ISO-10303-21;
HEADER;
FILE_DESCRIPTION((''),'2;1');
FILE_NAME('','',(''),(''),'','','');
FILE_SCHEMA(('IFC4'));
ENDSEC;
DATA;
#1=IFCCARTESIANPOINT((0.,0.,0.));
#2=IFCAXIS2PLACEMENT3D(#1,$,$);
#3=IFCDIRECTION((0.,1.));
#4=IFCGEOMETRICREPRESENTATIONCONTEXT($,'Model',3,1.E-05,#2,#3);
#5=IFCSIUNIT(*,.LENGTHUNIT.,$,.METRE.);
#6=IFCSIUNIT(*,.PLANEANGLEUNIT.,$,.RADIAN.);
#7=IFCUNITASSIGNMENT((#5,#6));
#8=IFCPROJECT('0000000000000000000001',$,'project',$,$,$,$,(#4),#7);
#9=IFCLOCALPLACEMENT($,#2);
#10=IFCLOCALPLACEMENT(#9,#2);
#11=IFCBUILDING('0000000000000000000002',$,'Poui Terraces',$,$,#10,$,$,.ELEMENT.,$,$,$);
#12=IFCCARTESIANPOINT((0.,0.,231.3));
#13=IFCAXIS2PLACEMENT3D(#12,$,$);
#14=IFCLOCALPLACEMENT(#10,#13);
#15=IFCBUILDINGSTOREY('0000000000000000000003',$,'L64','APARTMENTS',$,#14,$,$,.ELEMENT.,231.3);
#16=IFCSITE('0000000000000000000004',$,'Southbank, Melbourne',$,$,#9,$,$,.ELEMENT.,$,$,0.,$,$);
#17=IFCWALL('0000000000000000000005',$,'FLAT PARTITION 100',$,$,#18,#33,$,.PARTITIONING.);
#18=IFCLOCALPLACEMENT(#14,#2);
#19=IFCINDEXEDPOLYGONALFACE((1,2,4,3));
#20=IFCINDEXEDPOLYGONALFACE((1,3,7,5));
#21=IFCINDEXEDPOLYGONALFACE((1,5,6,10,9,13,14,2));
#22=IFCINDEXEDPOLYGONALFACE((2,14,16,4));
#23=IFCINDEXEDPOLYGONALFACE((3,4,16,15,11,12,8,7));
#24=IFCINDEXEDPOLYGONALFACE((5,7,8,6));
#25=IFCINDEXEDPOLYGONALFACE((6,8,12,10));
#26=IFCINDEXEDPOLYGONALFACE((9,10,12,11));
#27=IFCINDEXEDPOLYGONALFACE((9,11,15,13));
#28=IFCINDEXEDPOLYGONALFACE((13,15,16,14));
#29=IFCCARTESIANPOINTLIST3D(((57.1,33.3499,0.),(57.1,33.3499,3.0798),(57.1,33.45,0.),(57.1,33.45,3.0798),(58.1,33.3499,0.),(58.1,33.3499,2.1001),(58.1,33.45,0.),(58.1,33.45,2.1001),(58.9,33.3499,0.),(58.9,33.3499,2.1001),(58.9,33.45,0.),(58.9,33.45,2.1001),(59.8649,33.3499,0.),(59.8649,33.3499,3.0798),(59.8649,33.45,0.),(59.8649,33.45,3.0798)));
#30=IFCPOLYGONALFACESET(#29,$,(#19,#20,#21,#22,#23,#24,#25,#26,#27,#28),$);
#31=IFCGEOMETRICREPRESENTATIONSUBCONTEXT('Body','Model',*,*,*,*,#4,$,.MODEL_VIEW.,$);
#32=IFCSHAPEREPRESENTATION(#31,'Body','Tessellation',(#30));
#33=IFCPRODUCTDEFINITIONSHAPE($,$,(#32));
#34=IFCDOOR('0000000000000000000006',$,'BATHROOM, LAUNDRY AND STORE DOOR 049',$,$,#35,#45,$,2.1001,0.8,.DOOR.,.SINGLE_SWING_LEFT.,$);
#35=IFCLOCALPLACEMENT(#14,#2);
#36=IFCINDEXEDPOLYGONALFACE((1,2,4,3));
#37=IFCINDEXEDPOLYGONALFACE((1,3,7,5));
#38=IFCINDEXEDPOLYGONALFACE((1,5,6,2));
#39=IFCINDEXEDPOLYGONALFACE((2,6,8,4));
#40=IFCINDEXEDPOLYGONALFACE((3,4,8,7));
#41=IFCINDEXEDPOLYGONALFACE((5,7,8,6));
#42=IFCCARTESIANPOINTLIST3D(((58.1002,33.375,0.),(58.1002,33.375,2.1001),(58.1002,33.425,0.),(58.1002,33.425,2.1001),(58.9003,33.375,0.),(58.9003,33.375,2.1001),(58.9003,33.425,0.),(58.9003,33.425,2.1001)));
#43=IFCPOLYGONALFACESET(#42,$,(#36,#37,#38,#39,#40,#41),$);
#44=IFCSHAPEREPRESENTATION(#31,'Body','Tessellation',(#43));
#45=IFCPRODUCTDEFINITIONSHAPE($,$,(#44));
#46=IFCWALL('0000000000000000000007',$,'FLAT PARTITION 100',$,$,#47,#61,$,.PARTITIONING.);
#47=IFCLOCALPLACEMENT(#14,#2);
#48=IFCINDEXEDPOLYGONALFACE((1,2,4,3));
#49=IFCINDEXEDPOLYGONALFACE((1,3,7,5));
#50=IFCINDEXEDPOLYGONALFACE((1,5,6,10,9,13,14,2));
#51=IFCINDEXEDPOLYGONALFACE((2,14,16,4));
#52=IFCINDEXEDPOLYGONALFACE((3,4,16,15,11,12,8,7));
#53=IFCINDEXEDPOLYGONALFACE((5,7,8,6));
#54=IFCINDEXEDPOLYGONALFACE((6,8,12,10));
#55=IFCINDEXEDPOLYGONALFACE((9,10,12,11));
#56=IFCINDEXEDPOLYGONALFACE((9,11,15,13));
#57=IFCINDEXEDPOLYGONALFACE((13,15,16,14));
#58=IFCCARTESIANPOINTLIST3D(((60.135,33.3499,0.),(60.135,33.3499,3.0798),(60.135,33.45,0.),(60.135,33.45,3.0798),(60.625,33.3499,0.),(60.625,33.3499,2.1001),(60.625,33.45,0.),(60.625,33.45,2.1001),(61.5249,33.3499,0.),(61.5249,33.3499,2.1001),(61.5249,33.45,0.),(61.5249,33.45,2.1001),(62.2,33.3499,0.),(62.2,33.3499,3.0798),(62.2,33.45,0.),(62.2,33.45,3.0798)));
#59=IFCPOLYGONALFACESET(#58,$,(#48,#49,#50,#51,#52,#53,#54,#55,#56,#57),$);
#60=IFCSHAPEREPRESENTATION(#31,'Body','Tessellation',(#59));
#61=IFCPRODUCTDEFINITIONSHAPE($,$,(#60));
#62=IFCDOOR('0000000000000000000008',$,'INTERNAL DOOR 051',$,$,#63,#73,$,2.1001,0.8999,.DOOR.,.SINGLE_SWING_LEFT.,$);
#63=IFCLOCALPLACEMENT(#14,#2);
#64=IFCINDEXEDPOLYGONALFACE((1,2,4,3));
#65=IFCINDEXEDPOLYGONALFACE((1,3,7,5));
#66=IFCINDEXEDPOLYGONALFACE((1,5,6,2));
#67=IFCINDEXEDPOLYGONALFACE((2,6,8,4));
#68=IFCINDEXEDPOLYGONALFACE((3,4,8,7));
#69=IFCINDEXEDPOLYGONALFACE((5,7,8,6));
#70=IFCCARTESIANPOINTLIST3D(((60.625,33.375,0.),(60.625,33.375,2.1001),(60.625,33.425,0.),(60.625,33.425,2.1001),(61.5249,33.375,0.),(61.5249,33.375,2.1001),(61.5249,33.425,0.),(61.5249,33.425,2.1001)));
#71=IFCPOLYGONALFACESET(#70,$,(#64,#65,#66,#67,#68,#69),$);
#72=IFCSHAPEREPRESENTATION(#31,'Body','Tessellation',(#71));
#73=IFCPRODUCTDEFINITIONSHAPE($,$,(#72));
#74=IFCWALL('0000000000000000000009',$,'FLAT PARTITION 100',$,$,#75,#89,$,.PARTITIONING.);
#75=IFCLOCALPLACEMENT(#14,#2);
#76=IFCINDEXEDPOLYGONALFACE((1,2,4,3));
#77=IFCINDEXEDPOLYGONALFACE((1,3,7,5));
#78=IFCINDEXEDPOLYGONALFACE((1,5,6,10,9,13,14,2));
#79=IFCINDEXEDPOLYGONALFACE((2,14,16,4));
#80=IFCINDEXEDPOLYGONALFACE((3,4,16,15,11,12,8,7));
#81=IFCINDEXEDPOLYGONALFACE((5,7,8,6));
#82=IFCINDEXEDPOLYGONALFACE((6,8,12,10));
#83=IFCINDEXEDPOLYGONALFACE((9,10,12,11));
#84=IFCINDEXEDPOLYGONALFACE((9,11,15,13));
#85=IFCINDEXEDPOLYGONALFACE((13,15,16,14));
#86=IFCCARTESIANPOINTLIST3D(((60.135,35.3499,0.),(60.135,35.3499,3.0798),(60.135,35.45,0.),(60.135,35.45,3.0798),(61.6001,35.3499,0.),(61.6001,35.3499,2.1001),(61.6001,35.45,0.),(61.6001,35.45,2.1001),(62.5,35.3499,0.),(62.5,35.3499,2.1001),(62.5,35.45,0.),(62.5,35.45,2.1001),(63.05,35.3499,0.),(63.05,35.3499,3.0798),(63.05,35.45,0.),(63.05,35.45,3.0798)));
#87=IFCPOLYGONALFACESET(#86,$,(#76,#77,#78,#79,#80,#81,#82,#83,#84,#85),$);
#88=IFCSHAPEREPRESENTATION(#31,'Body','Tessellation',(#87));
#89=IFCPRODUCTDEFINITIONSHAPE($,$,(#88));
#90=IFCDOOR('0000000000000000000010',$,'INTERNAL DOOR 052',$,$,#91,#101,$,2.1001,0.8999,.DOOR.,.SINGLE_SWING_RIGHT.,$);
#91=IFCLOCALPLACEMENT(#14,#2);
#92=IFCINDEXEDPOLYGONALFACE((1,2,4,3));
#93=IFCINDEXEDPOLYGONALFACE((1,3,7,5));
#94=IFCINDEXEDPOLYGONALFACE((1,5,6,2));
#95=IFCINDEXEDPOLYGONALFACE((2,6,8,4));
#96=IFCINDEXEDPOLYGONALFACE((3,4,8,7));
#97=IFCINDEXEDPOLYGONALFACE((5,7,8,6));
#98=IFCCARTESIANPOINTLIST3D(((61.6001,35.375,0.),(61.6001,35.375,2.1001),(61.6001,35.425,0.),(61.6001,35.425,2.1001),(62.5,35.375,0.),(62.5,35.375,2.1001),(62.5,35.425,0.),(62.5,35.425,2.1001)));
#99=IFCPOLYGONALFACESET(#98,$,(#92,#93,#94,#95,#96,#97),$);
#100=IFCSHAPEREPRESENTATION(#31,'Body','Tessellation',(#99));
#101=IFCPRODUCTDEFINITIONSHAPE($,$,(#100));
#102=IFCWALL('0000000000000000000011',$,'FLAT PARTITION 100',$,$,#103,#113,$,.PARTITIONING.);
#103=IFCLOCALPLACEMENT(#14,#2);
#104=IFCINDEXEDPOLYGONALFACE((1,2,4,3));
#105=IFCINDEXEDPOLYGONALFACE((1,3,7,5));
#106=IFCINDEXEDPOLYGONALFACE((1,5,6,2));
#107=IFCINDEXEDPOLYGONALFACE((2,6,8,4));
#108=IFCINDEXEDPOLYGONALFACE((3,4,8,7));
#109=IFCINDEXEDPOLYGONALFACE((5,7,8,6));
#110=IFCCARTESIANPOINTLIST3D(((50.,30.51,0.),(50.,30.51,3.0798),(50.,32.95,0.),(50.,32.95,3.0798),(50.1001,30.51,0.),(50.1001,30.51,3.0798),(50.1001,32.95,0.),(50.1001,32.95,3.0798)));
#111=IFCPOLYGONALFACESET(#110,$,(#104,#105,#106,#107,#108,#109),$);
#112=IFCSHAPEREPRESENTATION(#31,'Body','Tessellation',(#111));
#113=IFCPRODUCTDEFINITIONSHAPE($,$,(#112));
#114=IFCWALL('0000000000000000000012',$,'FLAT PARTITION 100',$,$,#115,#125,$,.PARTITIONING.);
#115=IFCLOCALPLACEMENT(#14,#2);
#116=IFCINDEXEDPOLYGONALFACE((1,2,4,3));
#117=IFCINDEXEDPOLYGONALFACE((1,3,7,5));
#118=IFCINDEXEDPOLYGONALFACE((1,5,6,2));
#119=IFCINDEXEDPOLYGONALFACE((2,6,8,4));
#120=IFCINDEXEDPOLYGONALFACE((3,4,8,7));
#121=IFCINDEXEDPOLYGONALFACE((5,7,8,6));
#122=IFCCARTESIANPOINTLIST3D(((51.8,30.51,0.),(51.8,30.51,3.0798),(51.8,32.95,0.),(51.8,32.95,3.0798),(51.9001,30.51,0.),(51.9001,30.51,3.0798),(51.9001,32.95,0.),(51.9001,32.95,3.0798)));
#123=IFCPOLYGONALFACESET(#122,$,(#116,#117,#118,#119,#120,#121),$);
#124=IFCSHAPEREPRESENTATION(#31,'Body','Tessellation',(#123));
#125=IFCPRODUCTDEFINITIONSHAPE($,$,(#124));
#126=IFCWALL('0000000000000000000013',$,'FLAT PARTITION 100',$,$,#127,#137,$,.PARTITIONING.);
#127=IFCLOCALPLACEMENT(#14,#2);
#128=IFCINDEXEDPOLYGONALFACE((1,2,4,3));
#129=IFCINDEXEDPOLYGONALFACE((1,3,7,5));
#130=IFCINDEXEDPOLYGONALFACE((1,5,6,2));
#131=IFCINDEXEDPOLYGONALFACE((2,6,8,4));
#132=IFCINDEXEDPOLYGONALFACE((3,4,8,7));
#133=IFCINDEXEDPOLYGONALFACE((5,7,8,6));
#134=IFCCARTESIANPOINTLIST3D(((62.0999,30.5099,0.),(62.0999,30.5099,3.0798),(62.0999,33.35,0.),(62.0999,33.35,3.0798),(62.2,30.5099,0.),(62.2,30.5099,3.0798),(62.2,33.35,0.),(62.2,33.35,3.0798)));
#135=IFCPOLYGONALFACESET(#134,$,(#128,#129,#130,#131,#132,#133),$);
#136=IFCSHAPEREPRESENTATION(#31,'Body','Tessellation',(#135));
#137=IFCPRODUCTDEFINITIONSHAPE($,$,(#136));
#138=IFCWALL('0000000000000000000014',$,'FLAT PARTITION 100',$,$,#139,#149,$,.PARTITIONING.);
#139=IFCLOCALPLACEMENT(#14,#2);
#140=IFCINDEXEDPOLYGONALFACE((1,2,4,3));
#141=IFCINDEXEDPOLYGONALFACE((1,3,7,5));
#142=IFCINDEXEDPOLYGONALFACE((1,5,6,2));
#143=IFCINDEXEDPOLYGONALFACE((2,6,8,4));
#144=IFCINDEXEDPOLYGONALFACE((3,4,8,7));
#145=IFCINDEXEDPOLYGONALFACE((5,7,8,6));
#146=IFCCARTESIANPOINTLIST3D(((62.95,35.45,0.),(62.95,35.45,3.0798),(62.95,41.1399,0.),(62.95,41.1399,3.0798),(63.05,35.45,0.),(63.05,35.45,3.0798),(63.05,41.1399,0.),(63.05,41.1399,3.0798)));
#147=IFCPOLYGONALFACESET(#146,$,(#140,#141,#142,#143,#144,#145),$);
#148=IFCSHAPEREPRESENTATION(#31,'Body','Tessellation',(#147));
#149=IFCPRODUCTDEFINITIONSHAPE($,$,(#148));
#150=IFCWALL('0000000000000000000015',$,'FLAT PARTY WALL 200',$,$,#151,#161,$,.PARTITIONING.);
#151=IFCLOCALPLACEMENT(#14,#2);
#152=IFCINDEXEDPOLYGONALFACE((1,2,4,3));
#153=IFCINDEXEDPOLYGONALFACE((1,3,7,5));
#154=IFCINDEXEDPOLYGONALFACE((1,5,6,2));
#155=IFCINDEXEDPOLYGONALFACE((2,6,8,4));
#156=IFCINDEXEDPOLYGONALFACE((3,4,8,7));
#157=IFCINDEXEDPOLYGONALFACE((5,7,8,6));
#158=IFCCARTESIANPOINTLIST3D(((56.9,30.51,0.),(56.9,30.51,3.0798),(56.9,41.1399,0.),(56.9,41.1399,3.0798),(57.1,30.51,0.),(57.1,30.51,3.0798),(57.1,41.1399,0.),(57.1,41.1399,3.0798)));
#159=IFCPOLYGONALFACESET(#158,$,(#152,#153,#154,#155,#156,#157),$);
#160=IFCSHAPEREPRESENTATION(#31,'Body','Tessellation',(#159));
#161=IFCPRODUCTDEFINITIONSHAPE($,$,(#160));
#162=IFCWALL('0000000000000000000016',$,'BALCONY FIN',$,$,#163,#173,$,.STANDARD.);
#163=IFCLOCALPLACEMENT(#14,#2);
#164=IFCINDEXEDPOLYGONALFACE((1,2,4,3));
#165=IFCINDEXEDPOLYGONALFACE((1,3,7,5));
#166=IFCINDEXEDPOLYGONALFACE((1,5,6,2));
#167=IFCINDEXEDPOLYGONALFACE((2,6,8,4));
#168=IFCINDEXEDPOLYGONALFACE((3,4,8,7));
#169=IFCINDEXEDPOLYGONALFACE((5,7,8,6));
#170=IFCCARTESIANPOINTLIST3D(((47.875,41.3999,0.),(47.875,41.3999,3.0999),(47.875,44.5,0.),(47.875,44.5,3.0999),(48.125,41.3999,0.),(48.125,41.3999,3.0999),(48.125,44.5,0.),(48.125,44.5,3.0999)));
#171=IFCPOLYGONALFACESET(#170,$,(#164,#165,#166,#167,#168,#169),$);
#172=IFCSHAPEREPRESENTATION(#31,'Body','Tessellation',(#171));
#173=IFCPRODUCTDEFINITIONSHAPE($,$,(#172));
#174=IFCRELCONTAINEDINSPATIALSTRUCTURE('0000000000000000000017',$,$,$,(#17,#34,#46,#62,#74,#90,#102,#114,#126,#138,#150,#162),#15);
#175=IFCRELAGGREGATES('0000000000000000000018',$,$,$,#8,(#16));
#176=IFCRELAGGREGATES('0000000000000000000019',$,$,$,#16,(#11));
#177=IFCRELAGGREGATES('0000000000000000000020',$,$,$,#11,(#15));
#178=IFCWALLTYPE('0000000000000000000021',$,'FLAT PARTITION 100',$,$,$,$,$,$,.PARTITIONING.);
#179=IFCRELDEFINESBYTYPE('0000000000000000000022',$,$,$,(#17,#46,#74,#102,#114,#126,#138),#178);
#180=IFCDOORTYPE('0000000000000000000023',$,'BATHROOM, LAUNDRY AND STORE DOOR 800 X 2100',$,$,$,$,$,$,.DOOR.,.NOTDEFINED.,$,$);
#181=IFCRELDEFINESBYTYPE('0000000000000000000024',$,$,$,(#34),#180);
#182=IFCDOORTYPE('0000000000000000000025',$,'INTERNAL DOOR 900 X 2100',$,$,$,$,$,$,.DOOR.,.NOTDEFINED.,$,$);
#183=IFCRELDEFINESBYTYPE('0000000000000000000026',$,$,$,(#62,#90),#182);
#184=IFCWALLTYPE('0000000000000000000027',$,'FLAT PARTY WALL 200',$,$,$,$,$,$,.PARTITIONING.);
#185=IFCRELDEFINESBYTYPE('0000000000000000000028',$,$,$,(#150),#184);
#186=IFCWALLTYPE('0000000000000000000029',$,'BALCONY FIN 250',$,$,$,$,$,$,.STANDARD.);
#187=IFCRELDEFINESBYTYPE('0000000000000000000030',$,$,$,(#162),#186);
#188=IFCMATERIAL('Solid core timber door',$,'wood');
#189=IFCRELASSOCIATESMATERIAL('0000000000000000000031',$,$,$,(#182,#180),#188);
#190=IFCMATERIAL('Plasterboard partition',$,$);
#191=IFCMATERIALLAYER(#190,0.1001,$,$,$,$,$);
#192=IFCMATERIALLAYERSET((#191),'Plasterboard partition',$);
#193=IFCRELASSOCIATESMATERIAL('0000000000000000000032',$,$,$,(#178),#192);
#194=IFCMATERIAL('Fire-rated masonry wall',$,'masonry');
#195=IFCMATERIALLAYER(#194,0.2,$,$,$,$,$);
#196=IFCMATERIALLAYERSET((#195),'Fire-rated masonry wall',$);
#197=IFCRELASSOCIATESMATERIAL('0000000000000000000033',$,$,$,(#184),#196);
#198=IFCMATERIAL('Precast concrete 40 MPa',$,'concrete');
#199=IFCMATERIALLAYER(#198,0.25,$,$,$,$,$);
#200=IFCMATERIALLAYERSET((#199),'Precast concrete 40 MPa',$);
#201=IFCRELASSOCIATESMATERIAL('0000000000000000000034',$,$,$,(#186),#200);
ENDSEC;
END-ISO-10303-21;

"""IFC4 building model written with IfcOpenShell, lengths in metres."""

from ifc_helpers import new_model, si_unit, direction, frame, frame_2d, origin, place, context, subcontext, project, spatial, polyline, rectangle, outline, extrude, source, transform, mapped, material, layer, layer_set, type_object, element, fill, save


model = new_model("IFC4")

# Units and contexts
model_context = context("Model", 3, precision=1e-05, world=origin(), true_north=direction((0.0, 1.0)))
body_context = subcontext(model_context, "Body", "Model", "MODEL_VIEW")
ifc_project = project(units=[si_unit("LENGTHUNIT", "METRE"), si_unit("PLANEANGLEUNIT", "RADIAN")], contexts=[model_context])

# Site, building, storey
site_placement = place(None, origin())
site = spatial("IfcSite", under=ifc_project, at=site_placement, Name="Southbank, Melbourne", CompositionType="ELEMENT", RefElevation=0.0)
building_placement = place(site_placement, origin())
building = spatial("IfcBuilding", under=site, at=building_placement, Name="Poui Terraces", CompositionType="ELEMENT")
storey_placement = place(building_placement, frame((0.0, 0.0, 231.3)))
storey = spatial("IfcBuildingStorey", under=building, at=storey_placement, Name="L64", Description="APARTMENTS", CompositionType="ELEMENT", Elevation=231.3)

# Walls, openings, doors
ifc_material_1 = material(Name="Solid core timber door", Category="wood")
door_type_1 = type_object("IfcDoorType", Name="INTERNAL DOOR 900 X 2100", OperationType="NOTDEFINED", PredefinedType="DOOR", material=ifc_material_1)
ifc_material_2 = material(Name="Plasterboard partition")
ifc_layer_1 = layer(ifc_material_2, 0.1001)
ifc_layer_set_1 = layer_set([ifc_layer_1], Name="Plasterboard partition")
wall_type_1 = type_object("IfcWallType", Name="FLAT PARTITION 100", PredefinedType="PARTITIONING", material=ifc_layer_set_1)
door_type_2 = type_object("IfcDoorType", Name="BATHROOM, LAUNDRY AND STORE DOOR 800 X 2100", OperationType="NOTDEFINED", PredefinedType="DOOR", material=ifc_material_1)
wall_1_placement = place(storey_placement, frame((57.1001, 33.3999, 0.0), z_axis=(0.0, 0.0, 1.0), x_axis=(1.0, 0.0, 0.0)))
wall_1 = element("IfcWall", 1, at=wall_1_placement, inside=storey, type_object=wall_type_1, Name="FLAT PARTITION 100", PredefinedType="PARTITIONING", context=body_context, shape_type="SweptSolid", body=[
    extrude(rectangle(XDim=2.7649, YDim=0.1001, at=frame_2d((1.3823, 0.0))), origin(), (0.0, 0.0, 1.0), 3.0798),
])
opening_1_placement = place(wall_1_placement, frame((1.0, 0.0, 0.0)))
opening_1 = element("IfcOpeningElement", 2, at=opening_1_placement, cuts=wall_1, PredefinedType="OPENING", context=body_context, shape_type="SweptSolid", body=[
    extrude(rectangle(XDim=0.8, YDim=2.1001, at=frame_2d((0.3999, 1.05))), frame((0.0, 0.0601, 0.0), z_axis=(0.0, -1.0, 0.0), x_axis=(1.0, 0.0, 0.0)), (0.0, 0.0, 1.0), 0.1201),
])
door_1_placement = place(opening_1_placement, frame((0.8, 0.0, 0.0), z_axis=(0.0, 0.0, 1.0), x_axis=(-1.0, 0.0, 0.0)))
door_1 = element("IfcDoor", 3, at=door_1_placement, inside=storey, type_object=door_type_2, Name="BATHROOM, LAUNDRY AND STORE DOOR 049", OperationType="SINGLE_SWING_LEFT", OverallHeight=2.1001, OverallWidth=0.8, PredefinedType="DOOR", context=body_context, shape_type="SweptSolid", body=[
    extrude(rectangle(XDim=0.8, YDim=2.1001, at=frame_2d((0.3999, 1.05))), frame((0.0, 0.0249, 0.0), z_axis=(0.0, -1.0, 0.0), x_axis=(1.0, 0.0, 0.0)), (0.0, 0.0, 1.0), 0.05),
])
fill(opening_1, door_1)
wall_2_placement = place(storey_placement, frame((60.135, 33.3999, 0.0), z_axis=(0.0, 0.0, 1.0), x_axis=(1.0, 0.0, 0.0)))
wall_2 = element("IfcWall", 4, at=wall_2_placement, inside=storey, type_object=wall_type_1, Name="FLAT PARTITION 100", PredefinedType="PARTITIONING", context=body_context, shape_type="SweptSolid", body=[
    extrude(rectangle(XDim=2.0649, YDim=0.1001, at=frame_2d((1.0325, 0.0))), origin(), (0.0, 0.0, 1.0), 3.0798),
])
opening_2_placement = place(wall_2_placement, frame((0.49, 0.0, 0.0)))
opening_2 = element("IfcOpeningElement", 5, at=opening_2_placement, cuts=wall_2, PredefinedType="OPENING", context=body_context, shape_type="SweptSolid", body=[
    extrude(rectangle(XDim=0.8999, YDim=2.1001, at=frame_2d((0.45, 1.05))), frame((0.0, 0.0601, 0.0), z_axis=(0.0, -1.0, 0.0), x_axis=(1.0, 0.0, 0.0)), (0.0, 0.0, 1.0), 0.1201),
])
door_2_placement = place(opening_2_placement, frame((0.8999, 0.0, 0.0), z_axis=(0.0, 0.0, 1.0), x_axis=(-1.0, 0.0, 0.0)))
door_2 = element("IfcDoor", 6, at=door_2_placement, inside=storey, type_object=door_type_1, Name="INTERNAL DOOR 051", OperationType="SINGLE_SWING_LEFT", OverallHeight=2.1001, OverallWidth=0.8999, PredefinedType="DOOR", context=body_context, shape_type="SweptSolid", body=[
    extrude(rectangle(XDim=0.8999, YDim=2.1001, at=frame_2d((0.45, 1.05))), frame((0.0, 0.0249, 0.0), z_axis=(0.0, -1.0, 0.0), x_axis=(1.0, 0.0, 0.0)), (0.0, 0.0, 1.0), 0.05),
])
fill(opening_2, door_2)
wall_3_placement = place(storey_placement, frame((60.135, 35.3999, 0.0), z_axis=(0.0, 0.0, 1.0), x_axis=(1.0, 0.0, 0.0)))
wall_3 = element("IfcWall", 7, at=wall_3_placement, inside=storey, type_object=wall_type_1, Name="FLAT PARTITION 100", PredefinedType="PARTITIONING", context=body_context, shape_type="SweptSolid", body=[
    extrude(rectangle(XDim=2.915, YDim=0.1001, at=frame_2d((1.4575, 0.0))), origin(), (0.0, 0.0, 1.0), 3.0798),
])
opening_3_placement = place(wall_3_placement, frame((1.4651, 0.0, 0.0)))
opening_3 = element("IfcOpeningElement", 8, at=opening_3_placement, cuts=wall_3, PredefinedType="OPENING", context=body_context, shape_type="SweptSolid", body=[
    extrude(rectangle(XDim=0.8999, YDim=2.1001, at=frame_2d((0.45, 1.05))), frame((0.0, 0.0601, 0.0), z_axis=(0.0, -1.0, 0.0), x_axis=(1.0, 0.0, 0.0)), (0.0, 0.0, 1.0), 0.1201),
])
door_3_placement = place(opening_3_placement, frame((0.8999, 0.0, 0.0), z_axis=(0.0, 0.0, 1.0), x_axis=(-1.0, 0.0, 0.0)))
door_3 = element("IfcDoor", 9, at=door_3_placement, inside=storey, type_object=door_type_1, Name="INTERNAL DOOR 052", OperationType="SINGLE_SWING_RIGHT", OverallHeight=2.1001, OverallWidth=0.8999, PredefinedType="DOOR", context=body_context, shape_type="SweptSolid", body=[
    extrude(rectangle(XDim=0.8999, YDim=2.1001, at=frame_2d((0.45, 1.05))), frame((0.0, 0.0249, 0.0), z_axis=(0.0, -1.0, 0.0), x_axis=(1.0, 0.0, 0.0)), (0.0, 0.0, 1.0), 0.05),
])
fill(opening_3, door_3)

# Walls
for number, where, z_axis, x_axis, name in (
    (10, (50.05, 30.51, 0.0), (0.0, 0.0, 1.0), (0.0, 1.0, 0.0), "FLAT PARTITION 100"),
    (11, (51.8501, 30.51, 0.0), (0.0, 0.0, 1.0), (0.0, 1.0, 0.0), "FLAT PARTITION 100"),
):
    element("IfcWall", number, at=place(storey_placement, frame(where, z_axis=z_axis, x_axis=x_axis)), inside=storey, type_object=wall_type_1, Name=name, PredefinedType="PARTITIONING", context=body_context, shape_type="SweptSolid", body=[
        extrude(rectangle(XDim=2.4399, YDim=0.1001, at=frame_2d((1.22, 0.0))), origin(), (0.0, 0.0, 1.0), 3.0798),
    ])
wall_4_placement = place(storey_placement, frame((62.1499, 30.51, 0.0), z_axis=(0.0, 0.0, 1.0), x_axis=(0.0, 1.0, 0.0)))
element("IfcWall", 12, at=wall_4_placement, inside=storey, type_object=wall_type_1, Name="FLAT PARTITION 100", PredefinedType="PARTITIONING", context=body_context, shape_type="SweptSolid", body=[
    extrude(rectangle(XDim=2.8401, YDim=0.1001, at=frame_2d((1.4199, 0.0))), origin(), (0.0, 0.0, 1.0), 3.0798),
])
wall_5_placement = place(storey_placement, frame((63.0, 35.45, 0.0), z_axis=(0.0, 0.0, 1.0), x_axis=(0.0, 1.0, 0.0)))
element("IfcWall", 13, at=wall_5_placement, inside=storey, type_object=wall_type_1, Name="FLAT PARTITION 100", PredefinedType="PARTITIONING", context=body_context, shape_type="SweptSolid", body=[
    extrude(rectangle(XDim=5.6899, YDim=0.1001, at=frame_2d((2.845, 0.0))), origin(), (0.0, 0.0, 1.0), 3.0798),
])
ifc_material_3 = material(Name="Fire-rated masonry wall", Category="masonry")
ifc_layer_2 = layer(ifc_material_3, 0.2)
ifc_layer_set_2 = layer_set([ifc_layer_2], Name="Fire-rated masonry wall")
wall_type_2 = type_object("IfcWallType", Name="FLAT PARTY WALL 200", PredefinedType="PARTITIONING", material=ifc_layer_set_2)
wall_6_placement = place(storey_placement, frame((57.0, 30.51, 0.0), z_axis=(0.0, 0.0, 1.0), x_axis=(0.0, 1.0, 0.0)))
element("IfcWall", 14, at=wall_6_placement, inside=storey, type_object=wall_type_2, Name="FLAT PARTY WALL 200", PredefinedType="PARTITIONING", context=body_context, shape_type="SweptSolid", body=[
    extrude(rectangle(XDim=10.6299, YDim=0.2, at=frame_2d((5.3149, 0.0))), origin(), (0.0, 0.0, 1.0), 3.0798),
])
ifc_material_4 = material(Name="Precast concrete 40 MPa", Category="concrete")
ifc_layer_3 = layer(ifc_material_4, 0.25)
ifc_layer_set_3 = layer_set([ifc_layer_3], Name="Precast concrete 40 MPa")
wall_type_3 = type_object("IfcWallType", Name="BALCONY FIN 250", PredefinedType="STANDARD", material=ifc_layer_set_3)
shared_shape_1 = source(origin(), body_context, "Body", "SweptSolid", [
    extrude(outline(polyline([(0.0, 0.0), (0.25, 0.0), (0.25, 3.1001), (0.0, 3.1001), (0.0, 0.0)])), origin(), (0.0, 0.0, 1.0), 3.0999),
])
for number, where, name in (
    (15, (47.875, 41.3999, 0.0), "BALCONY FIN"),
):
    element("IfcWall", number, at=place(storey_placement, frame(where)), inside=storey, type_object=wall_type_3, Name=name, PredefinedType="STANDARD", context=body_context, shape_type="MappedRepresentation", body=[
        mapped(shared_shape_1, transform((0.0, 0.0, 0.0))),
    ])

save(model, "model.ifc")
